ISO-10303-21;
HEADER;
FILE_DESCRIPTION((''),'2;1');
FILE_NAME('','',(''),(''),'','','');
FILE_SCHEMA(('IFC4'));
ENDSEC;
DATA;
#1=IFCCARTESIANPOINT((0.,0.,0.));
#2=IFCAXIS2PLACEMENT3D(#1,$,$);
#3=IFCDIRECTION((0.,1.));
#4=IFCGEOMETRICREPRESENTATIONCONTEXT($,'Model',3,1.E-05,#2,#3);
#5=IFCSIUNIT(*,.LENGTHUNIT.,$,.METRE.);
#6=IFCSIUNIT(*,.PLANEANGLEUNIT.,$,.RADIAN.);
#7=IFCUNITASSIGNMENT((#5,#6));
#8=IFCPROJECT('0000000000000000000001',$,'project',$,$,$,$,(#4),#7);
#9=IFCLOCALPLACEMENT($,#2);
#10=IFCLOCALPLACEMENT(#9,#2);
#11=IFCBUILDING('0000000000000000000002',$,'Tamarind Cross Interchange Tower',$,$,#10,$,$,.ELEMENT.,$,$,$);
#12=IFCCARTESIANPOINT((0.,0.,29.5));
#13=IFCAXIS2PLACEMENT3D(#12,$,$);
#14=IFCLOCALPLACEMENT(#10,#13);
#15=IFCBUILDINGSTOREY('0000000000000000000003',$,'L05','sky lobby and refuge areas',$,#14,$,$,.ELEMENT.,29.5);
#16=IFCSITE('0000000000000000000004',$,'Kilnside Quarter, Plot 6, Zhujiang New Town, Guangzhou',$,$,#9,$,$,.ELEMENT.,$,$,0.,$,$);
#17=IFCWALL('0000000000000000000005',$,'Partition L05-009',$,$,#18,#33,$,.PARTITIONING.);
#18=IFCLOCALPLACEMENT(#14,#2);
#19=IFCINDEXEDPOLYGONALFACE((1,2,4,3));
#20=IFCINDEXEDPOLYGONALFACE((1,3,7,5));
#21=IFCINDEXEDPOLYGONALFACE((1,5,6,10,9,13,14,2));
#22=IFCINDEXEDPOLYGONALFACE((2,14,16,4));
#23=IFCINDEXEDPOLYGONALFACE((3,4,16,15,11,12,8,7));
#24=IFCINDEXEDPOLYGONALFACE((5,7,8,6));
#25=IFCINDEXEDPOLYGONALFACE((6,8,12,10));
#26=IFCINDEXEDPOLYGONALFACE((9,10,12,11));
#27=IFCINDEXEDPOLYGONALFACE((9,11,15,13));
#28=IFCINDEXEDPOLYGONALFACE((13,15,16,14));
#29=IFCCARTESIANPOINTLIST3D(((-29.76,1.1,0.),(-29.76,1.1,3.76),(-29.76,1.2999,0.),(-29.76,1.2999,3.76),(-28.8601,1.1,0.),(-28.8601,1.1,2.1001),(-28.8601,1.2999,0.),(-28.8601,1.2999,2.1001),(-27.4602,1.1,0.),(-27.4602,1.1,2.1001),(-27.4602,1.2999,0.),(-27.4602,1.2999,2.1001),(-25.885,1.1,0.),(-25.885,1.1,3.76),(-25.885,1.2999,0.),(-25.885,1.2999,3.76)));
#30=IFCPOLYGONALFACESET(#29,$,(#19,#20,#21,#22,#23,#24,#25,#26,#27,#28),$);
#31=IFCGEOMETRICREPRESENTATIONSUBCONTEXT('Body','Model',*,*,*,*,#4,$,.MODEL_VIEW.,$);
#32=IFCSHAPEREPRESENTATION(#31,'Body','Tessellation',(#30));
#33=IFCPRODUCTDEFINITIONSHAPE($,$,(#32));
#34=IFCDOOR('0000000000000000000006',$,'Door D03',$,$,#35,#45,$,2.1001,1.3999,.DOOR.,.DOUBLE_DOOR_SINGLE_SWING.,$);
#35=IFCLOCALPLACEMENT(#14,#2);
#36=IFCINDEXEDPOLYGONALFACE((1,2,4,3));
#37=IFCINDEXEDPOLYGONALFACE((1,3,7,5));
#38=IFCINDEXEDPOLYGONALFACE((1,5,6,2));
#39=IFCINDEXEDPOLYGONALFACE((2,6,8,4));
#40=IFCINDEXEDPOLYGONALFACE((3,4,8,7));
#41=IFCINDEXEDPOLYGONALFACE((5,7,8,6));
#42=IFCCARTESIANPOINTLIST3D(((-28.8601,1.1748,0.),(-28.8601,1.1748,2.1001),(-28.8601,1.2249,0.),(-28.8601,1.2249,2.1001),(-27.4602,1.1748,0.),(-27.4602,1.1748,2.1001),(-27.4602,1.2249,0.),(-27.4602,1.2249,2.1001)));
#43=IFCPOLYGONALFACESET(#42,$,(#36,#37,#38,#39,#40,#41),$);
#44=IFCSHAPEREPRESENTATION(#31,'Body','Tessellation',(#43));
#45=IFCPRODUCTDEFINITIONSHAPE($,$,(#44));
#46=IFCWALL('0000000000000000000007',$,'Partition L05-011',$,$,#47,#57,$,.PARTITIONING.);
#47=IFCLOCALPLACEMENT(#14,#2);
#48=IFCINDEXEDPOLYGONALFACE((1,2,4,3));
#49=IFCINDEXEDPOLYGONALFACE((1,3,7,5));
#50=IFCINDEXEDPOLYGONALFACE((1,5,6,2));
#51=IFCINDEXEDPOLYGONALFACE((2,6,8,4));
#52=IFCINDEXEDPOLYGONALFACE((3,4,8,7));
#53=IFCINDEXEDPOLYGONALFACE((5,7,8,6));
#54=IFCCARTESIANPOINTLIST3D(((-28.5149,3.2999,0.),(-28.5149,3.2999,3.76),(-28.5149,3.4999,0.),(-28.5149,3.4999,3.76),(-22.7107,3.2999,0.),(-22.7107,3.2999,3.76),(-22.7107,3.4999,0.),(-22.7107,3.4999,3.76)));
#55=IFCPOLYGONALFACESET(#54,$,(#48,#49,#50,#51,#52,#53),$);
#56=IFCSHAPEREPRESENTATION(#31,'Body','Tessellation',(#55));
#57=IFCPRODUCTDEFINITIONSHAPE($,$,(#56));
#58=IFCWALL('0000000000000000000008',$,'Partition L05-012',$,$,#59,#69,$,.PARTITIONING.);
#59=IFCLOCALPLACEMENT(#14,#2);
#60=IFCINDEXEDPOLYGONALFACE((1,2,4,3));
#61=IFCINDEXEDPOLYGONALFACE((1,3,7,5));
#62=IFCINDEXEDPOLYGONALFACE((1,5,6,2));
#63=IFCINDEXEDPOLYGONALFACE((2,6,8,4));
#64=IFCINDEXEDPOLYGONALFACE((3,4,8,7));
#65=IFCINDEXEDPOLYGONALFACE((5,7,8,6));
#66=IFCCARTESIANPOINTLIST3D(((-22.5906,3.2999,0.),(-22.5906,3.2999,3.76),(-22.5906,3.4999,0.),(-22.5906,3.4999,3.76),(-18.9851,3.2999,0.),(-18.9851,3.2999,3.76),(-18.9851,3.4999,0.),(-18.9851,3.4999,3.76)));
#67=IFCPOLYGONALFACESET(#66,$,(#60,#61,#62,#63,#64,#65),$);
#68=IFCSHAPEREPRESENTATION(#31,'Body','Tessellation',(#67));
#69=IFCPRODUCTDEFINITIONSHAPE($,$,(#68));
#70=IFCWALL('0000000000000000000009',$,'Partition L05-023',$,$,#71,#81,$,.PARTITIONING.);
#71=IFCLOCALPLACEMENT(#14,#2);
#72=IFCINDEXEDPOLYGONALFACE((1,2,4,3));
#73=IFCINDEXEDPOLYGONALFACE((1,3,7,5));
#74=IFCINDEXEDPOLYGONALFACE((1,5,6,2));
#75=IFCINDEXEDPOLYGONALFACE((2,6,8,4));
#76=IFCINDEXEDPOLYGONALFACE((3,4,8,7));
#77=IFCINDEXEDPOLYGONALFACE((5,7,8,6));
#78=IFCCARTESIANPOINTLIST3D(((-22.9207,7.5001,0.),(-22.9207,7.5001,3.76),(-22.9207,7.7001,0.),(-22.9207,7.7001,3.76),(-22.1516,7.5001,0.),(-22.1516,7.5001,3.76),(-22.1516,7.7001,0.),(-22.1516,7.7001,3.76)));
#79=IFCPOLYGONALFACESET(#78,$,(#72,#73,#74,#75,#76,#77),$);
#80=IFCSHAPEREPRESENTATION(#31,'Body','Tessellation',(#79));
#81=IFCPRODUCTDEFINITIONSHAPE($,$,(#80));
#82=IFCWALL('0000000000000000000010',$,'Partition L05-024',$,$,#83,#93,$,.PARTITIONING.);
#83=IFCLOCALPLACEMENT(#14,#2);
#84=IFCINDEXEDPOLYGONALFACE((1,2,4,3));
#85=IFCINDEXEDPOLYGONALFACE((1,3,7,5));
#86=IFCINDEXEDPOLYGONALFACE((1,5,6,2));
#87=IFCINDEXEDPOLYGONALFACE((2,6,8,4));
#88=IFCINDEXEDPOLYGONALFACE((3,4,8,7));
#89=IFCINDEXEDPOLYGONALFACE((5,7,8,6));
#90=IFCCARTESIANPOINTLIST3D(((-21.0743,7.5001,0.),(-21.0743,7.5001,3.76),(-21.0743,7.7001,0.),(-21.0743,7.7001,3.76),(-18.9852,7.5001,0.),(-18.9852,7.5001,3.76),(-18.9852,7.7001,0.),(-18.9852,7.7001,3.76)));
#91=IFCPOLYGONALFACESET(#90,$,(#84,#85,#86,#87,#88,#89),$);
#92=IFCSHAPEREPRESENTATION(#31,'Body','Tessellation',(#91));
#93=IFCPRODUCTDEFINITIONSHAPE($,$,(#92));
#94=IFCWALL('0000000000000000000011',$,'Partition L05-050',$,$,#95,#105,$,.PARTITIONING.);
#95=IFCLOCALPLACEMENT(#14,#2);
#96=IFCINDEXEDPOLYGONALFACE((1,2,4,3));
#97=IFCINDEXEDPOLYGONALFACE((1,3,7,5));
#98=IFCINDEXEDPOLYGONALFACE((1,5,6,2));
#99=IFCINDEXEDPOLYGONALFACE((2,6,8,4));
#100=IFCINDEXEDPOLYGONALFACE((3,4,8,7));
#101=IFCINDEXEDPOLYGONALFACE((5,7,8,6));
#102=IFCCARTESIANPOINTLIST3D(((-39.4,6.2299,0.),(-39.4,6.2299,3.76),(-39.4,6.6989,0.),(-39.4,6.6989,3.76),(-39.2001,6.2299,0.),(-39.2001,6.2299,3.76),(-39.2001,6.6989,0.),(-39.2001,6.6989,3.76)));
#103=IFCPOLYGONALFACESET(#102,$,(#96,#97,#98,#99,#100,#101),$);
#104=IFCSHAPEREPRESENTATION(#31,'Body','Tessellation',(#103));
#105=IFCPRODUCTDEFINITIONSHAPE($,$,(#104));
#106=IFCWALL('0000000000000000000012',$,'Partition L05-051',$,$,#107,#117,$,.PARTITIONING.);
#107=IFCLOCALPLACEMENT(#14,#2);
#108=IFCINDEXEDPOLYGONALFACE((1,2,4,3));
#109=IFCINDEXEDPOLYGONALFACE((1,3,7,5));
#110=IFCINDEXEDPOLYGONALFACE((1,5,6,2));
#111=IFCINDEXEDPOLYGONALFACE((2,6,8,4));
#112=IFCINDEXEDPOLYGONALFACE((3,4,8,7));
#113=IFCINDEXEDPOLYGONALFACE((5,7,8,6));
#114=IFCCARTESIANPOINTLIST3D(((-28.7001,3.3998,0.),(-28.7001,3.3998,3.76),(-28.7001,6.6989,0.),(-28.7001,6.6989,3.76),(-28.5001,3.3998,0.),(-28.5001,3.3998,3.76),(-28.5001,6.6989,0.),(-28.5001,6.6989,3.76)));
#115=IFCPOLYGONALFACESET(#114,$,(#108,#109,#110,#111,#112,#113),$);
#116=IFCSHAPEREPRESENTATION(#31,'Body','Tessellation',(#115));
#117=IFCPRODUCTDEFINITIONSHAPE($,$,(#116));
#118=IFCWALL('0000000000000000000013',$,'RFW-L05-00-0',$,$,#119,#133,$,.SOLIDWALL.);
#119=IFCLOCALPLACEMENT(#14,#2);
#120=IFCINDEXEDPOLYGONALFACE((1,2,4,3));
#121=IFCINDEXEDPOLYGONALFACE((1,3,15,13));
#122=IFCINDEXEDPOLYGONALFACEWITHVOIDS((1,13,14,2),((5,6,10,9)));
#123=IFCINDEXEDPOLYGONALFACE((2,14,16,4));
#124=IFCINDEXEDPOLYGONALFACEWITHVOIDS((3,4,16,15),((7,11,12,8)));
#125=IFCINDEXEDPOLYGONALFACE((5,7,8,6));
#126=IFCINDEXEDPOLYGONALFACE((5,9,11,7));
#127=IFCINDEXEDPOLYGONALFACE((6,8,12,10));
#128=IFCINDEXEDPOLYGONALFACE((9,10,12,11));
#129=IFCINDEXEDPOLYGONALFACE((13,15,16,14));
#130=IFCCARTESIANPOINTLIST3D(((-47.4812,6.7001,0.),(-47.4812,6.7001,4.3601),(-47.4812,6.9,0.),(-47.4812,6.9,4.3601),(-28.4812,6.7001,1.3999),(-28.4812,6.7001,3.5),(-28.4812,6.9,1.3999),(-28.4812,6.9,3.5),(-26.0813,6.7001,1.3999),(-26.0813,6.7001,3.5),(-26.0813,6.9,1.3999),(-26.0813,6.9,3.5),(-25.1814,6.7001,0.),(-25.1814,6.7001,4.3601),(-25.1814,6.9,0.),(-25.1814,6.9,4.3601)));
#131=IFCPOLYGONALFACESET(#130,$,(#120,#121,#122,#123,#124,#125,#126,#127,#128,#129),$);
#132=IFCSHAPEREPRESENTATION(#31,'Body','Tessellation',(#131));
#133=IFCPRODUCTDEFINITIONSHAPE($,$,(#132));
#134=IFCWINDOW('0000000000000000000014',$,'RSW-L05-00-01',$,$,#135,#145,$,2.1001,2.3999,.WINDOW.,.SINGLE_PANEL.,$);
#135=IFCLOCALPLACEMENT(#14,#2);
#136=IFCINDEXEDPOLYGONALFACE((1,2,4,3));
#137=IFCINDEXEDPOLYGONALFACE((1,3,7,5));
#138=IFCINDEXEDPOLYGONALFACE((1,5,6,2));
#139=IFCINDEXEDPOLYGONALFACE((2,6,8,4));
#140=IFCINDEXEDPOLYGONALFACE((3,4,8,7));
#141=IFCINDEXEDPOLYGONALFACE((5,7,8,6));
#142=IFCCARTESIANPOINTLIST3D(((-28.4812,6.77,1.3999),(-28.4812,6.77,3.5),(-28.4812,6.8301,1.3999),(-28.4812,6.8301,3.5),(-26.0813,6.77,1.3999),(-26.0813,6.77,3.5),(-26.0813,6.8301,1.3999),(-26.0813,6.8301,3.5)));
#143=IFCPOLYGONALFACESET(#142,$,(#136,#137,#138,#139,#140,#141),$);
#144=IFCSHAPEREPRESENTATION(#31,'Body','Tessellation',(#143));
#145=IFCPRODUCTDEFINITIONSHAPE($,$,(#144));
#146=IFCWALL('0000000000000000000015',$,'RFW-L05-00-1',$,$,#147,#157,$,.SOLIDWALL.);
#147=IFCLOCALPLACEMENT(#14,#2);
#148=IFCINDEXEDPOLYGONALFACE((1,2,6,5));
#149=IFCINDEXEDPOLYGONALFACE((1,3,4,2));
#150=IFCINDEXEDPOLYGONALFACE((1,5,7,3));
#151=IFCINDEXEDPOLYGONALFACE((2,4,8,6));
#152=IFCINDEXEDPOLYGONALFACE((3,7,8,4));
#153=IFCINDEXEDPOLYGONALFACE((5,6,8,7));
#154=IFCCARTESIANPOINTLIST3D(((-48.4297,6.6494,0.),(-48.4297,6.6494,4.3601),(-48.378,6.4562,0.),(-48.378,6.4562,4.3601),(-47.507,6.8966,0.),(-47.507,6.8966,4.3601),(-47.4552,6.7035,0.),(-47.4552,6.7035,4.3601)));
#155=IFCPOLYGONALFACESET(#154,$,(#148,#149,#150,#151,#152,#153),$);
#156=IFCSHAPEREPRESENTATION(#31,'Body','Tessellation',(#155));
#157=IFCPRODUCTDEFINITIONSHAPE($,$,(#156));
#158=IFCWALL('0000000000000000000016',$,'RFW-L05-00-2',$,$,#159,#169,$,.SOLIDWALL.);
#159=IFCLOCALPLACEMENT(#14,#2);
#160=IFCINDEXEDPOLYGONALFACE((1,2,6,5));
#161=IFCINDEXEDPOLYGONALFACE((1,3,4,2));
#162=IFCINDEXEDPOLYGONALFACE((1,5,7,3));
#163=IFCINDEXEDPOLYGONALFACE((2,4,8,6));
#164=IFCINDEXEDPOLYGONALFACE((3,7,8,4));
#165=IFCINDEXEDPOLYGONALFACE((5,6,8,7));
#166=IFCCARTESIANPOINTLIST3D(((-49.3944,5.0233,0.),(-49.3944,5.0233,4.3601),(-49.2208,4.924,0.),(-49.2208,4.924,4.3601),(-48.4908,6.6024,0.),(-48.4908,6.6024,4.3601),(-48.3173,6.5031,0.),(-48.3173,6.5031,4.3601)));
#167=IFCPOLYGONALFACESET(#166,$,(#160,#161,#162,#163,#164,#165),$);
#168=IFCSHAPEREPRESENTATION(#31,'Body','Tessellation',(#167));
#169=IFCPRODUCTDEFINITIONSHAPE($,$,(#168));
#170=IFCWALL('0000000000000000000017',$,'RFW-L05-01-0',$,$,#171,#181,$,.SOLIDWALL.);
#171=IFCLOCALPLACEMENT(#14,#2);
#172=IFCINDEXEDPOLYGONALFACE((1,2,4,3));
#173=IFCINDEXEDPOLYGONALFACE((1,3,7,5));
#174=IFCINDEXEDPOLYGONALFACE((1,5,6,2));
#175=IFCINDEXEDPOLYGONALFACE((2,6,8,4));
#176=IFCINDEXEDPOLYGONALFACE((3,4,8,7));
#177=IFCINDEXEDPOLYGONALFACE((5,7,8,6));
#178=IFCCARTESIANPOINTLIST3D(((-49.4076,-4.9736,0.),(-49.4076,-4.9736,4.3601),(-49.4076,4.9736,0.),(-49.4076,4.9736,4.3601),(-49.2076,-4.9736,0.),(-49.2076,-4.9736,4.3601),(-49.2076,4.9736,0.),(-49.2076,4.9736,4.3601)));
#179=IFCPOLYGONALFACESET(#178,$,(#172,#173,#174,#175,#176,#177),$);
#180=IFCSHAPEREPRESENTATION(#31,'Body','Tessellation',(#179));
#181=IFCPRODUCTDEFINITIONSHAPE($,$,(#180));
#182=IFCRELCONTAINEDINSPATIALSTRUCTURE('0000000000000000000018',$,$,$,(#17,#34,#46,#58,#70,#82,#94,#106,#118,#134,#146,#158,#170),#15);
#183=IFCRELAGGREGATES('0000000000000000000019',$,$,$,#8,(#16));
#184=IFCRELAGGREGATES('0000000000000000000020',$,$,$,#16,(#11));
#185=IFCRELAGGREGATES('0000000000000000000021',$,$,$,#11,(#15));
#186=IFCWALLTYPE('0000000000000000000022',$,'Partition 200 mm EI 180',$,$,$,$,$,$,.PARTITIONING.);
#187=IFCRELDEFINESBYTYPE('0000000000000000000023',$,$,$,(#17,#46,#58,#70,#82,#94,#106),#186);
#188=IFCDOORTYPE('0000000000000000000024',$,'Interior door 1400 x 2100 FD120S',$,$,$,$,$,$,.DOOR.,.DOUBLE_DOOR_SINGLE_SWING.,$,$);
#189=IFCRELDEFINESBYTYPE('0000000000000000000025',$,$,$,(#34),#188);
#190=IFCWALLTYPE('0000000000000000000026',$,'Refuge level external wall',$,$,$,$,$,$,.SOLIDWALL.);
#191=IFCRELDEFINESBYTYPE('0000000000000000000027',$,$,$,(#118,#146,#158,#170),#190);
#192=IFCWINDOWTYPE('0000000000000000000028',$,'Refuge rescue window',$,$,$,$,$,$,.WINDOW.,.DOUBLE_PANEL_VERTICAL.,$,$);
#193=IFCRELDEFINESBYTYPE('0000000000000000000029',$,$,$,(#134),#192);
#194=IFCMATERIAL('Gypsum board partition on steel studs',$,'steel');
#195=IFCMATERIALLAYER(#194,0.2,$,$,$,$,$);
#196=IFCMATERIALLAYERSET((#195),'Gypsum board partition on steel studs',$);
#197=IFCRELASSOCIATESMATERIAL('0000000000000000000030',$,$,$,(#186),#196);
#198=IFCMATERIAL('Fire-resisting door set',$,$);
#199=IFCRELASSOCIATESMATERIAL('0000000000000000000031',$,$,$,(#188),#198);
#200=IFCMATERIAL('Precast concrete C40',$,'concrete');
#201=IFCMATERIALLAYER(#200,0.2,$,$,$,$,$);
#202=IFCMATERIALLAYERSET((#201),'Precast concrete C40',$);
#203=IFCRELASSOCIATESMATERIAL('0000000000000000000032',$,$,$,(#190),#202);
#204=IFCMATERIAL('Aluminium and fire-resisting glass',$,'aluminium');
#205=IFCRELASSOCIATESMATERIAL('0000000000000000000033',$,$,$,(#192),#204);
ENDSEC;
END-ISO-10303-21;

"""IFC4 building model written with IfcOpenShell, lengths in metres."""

from ifc_helpers import new_model, si_unit, direction, frame, frame_2d, origin, place, context, subcontext, project, spatial, rectangle, extrude, material, layer, layer_set, type_object, element, fill, save


model = new_model("IFC4")

# Units and contexts
model_context = context("Model", 3, precision=1e-05, world=origin(), true_north=direction((0.0, 1.0)))
body_context = subcontext(model_context, "Body", "Model", "MODEL_VIEW")
ifc_project = project(units=[si_unit("LENGTHUNIT", "METRE"), si_unit("PLANEANGLEUNIT", "RADIAN")], contexts=[model_context])

# Site, building, storey
site_placement = place(None, origin())
site = spatial("IfcSite", under=ifc_project, at=site_placement, Name="Kilnside Quarter, Plot 6, Zhujiang New Town, Guangzhou", CompositionType="ELEMENT", RefElevation=0.0)
building_placement = place(site_placement, origin())
building = spatial("IfcBuilding", under=site, at=building_placement, Name="Tamarind Cross Interchange Tower", CompositionType="ELEMENT")
storey_placement = place(building_placement, frame((0.0, 0.0, 29.5)))
storey = spatial("IfcBuildingStorey", under=building, at=storey_placement, Name="L05", Description="sky lobby and refuge areas", CompositionType="ELEMENT", Elevation=29.5)

# Shared definitions
ifc_material_1 = material(Name="Gypsum board partition on steel studs", Category="steel")
ifc_layer_1 = layer(ifc_material_1, 0.2)
ifc_layer_set_1 = layer_set([ifc_layer_1], Name="Gypsum board partition on steel studs")
wall_type_1 = type_object("IfcWallType", Name="Partition 200 mm EI 180", PredefinedType="PARTITIONING", material=ifc_layer_set_1)

# Wall, opening, door
wall_1_placement = place(storey_placement, frame((-29.76, 1.2, 0.0), z_axis=(0.0, 0.0, 1.0), x_axis=(1.0, 0.0, 0.0)))
wall_1 = element("IfcWall", 1, at=wall_1_placement, inside=storey, type_object=wall_type_1, Name="Partition L05-009", PredefinedType="PARTITIONING", context=body_context, shape_type="SweptSolid", body=[
    extrude(rectangle(XDim=3.875, YDim=0.2, at=frame_2d((1.9375, 0.0))), origin(), (0.0, 0.0, 1.0), 3.76),
])
opening_1_placement = place(wall_1_placement, frame((0.8999, 0.0, 0.0)))
opening_1 = element("IfcOpeningElement", 2, at=opening_1_placement, cuts=wall_1, PredefinedType="OPENING", context=body_context, shape_type="SweptSolid", body=[
    extrude(rectangle(XDim=1.3999, YDim=2.1001, at=frame_2d((0.7, 1.05))), frame((0.0, 0.1099, 0.0), z_axis=(0.0, -1.0, 0.0), x_axis=(1.0, 0.0, 0.0)), (0.0, 0.0, 1.0), 0.22),
])
ifc_material_2 = material(Name="Fire-resisting door set")
door_type_1 = type_object("IfcDoorType", Name="Interior door 1400 x 2100 FD120S", OperationType="DOUBLE_DOOR_SINGLE_SWING", PredefinedType="DOOR", material=ifc_material_2)
door_1_placement = place(opening_1_placement, origin())
door_1 = element("IfcDoor", 3, at=door_1_placement, inside=storey, type_object=door_type_1, Name="Door D03", OperationType="DOUBLE_DOOR_SINGLE_SWING", OverallHeight=2.1001, OverallWidth=1.3999, PredefinedType="DOOR", context=body_context, shape_type="SweptSolid", body=[
    extrude(rectangle(XDim=1.3999, YDim=2.1001, at=frame_2d((0.7, 1.05))), frame((0.0, 0.0249, 0.0), z_axis=(0.0, -1.0, 0.0), x_axis=(1.0, 0.0, 0.0)), (0.0, 0.0, 1.0), 0.05),
])
fill(opening_1, door_1)

# Walls
wall_2_placement = place(storey_placement, frame((-28.5149, 3.3999, 0.0), z_axis=(0.0, 0.0, 1.0), x_axis=(1.0, 0.0, 0.0)))
element("IfcWall", 4, at=wall_2_placement, inside=storey, type_object=wall_type_1, Name="Partition L05-011", PredefinedType="PARTITIONING", context=body_context, shape_type="SweptSolid", body=[
    extrude(rectangle(XDim=5.8042, YDim=0.2, at=frame_2d((2.9021, 0.0))), origin(), (0.0, 0.0, 1.0), 3.76),
])
wall_3_placement = place(storey_placement, frame((-22.5906, 3.3999, 0.0), z_axis=(0.0, 0.0, 1.0), x_axis=(1.0, 0.0, 0.0)))
element("IfcWall", 5, at=wall_3_placement, inside=storey, type_object=wall_type_1, Name="Partition L05-012", PredefinedType="PARTITIONING", context=body_context, shape_type="SweptSolid", body=[
    extrude(rectangle(XDim=3.6055, YDim=0.2, at=frame_2d((1.8027, 0.0))), origin(), (0.0, 0.0, 1.0), 3.76),
])
wall_4_placement = place(storey_placement, frame((-22.9207, 7.6001, 0.0), z_axis=(0.0, 0.0, 1.0), x_axis=(1.0, 0.0, 0.0)))
element("IfcWall", 6, at=wall_4_placement, inside=storey, type_object=wall_type_1, Name="Partition L05-023", PredefinedType="PARTITIONING", context=body_context, shape_type="SweptSolid", body=[
    extrude(rectangle(XDim=0.769, YDim=0.2, at=frame_2d((0.3845, 0.0))), origin(), (0.0, 0.0, 1.0), 3.76),
])
wall_5_placement = place(storey_placement, frame((-21.0742, 7.6001, 0.0), z_axis=(0.0, 0.0, 1.0), x_axis=(1.0, 0.0, 0.0)))
element("IfcWall", 7, at=wall_5_placement, inside=storey, type_object=wall_type_1, Name="Partition L05-024", PredefinedType="PARTITIONING", context=body_context, shape_type="SweptSolid", body=[
    extrude(rectangle(XDim=2.0891, YDim=0.2, at=frame_2d((1.0444, 0.0))), origin(), (0.0, 0.0, 1.0), 3.76),
])
wall_6_placement = place(storey_placement, frame((-39.3, 6.23, 0.0), z_axis=(0.0, 0.0, 1.0), x_axis=(0.0, 1.0, 0.0)))
element("IfcWall", 8, at=wall_6_placement, inside=storey, type_object=wall_type_1, Name="Partition L05-050", PredefinedType="PARTITIONING", context=body_context, shape_type="SweptSolid", body=[
    extrude(rectangle(XDim=0.469, YDim=0.2, at=frame_2d((0.2344, 0.0))), origin(), (0.0, 0.0, 1.0), 3.76),
])
wall_7_placement = place(storey_placement, frame((-28.6001, 3.3999, 0.0), z_axis=(0.0, 0.0, 1.0), x_axis=(0.0, 1.0, 0.0)))
element("IfcWall", 9, at=wall_7_placement, inside=storey, type_object=wall_type_1, Name="Partition L05-051", PredefinedType="PARTITIONING", context=body_context, shape_type="SweptSolid", body=[
    extrude(rectangle(XDim=3.2991, YDim=0.2, at=frame_2d((1.6494, 0.0))), origin(), (0.0, 0.0, 1.0), 3.76),
])

# Wall, opening, window
ifc_material_3 = material(Name="Precast concrete C40", Category="concrete")
ifc_layer_2 = layer(ifc_material_3, 0.2)
ifc_layer_set_2 = layer_set([ifc_layer_2], Name="Precast concrete C40")
wall_type_2 = type_object("IfcWallType", Name="Refuge level external wall", PredefinedType="SOLIDWALL", material=ifc_layer_set_2)
wall_8_placement = place(storey_placement, frame((-25.1814, 6.8, 0.0), z_axis=(0.0, 0.0, 1.0), x_axis=(-1.0, 0.0, 0.0)))
wall_8 = element("IfcWall", 10, at=wall_8_placement, inside=storey, type_object=wall_type_2, Name="RFW-L05-00-0", PredefinedType="SOLIDWALL", context=body_context, shape_type="SweptSolid", body=[
    extrude(rectangle(XDim=22.2998, YDim=0.2, at=frame_2d((11.1499, 0.0))), origin(), (0.0, 0.0, 1.0), 4.3601),
])
opening_2_placement = place(wall_8_placement, frame((0.8999, 0.0, 1.3999)))
opening_2 = element("IfcOpeningElement", 11, at=opening_2_placement, cuts=wall_8, PredefinedType="OPENING", context=body_context, shape_type="SweptSolid", body=[
    extrude(rectangle(XDim=2.3999, YDim=2.1001, at=frame_2d((1.2, 1.05))), frame((0.0, 0.1099, 0.0), z_axis=(0.0, -1.0, 0.0), x_axis=(1.0, 0.0, 0.0)), (0.0, 0.0, 1.0), 0.22),
])
ifc_material_4 = material(Name="Aluminium and fire-resisting glass", Category="aluminium")
window_type = type_object("IfcWindowType", Name="Refuge rescue window", PartitioningType="DOUBLE_PANEL_VERTICAL", PredefinedType="WINDOW", material=ifc_material_4)
window_placement = place(opening_2_placement, origin())
window = element("IfcWindow", 12, at=window_placement, inside=storey, type_object=window_type, Name="RSW-L05-00-01", OverallHeight=2.1001, OverallWidth=2.3999, PartitioningType="SINGLE_PANEL", PredefinedType="WINDOW", context=body_context, shape_type="SweptSolid", body=[
    extrude(rectangle(XDim=2.3999, YDim=2.1001, at=frame_2d((1.2, 1.05))), frame((0.0, 0.03, 0.0), z_axis=(0.0, -1.0, 0.0), x_axis=(1.0, 0.0, 0.0)), (0.0, 0.0, 1.0), 0.0601),
])
fill(opening_2, window)

# Walls
wall_9_placement = place(storey_placement, frame((-47.4812, 6.8, 0.0), z_axis=(0.0, 0.0, 1.0), x_axis=(-0.965916, -0.258855, 0.0)))
element("IfcWall", 13, at=wall_9_placement, inside=storey, type_object=wall_type_2, Name="RFW-L05-00-1", PredefinedType="SOLIDWALL", context=body_context, shape_type="SweptSolid", body=[
    extrude(rectangle(XDim=0.9553, YDim=0.2, at=frame_2d((0.4775, 0.0))), origin(), (0.0, 0.0, 1.0), 4.3601),
])
wall_10_placement = place(storey_placement, frame((-48.4041, 6.5527, 0.0), z_axis=(0.0, 0.0, 1.0), x_axis=(-0.496645, -0.867954, 0.0)))
element("IfcWall", 14, at=wall_10_placement, inside=storey, type_object=wall_type_2, Name="RFW-L05-00-2", PredefinedType="SOLIDWALL", context=body_context, shape_type="SweptSolid", body=[
    extrude(rectangle(XDim=1.8193, YDim=0.2, at=frame_2d((0.9097, 0.0))), origin(), (0.0, 0.0, 1.0), 4.3601),
])
wall_11_placement = place(storey_placement, frame((-49.3076, 4.9736, 0.0), z_axis=(0.0, 0.0, 1.0), x_axis=(0.0, -1.0, 0.0)))
element("IfcWall", 15, at=wall_11_placement, inside=storey, type_object=wall_type_2, Name="RFW-L05-01-0", PredefinedType="SOLIDWALL", context=body_context, shape_type="SweptSolid", body=[
    extrude(rectangle(XDim=9.9473, YDim=0.2, at=frame_2d((4.9736, 0.0))), origin(), (0.0, 0.0, 1.0), 4.3601),
])

save(model, "model.ifc")
